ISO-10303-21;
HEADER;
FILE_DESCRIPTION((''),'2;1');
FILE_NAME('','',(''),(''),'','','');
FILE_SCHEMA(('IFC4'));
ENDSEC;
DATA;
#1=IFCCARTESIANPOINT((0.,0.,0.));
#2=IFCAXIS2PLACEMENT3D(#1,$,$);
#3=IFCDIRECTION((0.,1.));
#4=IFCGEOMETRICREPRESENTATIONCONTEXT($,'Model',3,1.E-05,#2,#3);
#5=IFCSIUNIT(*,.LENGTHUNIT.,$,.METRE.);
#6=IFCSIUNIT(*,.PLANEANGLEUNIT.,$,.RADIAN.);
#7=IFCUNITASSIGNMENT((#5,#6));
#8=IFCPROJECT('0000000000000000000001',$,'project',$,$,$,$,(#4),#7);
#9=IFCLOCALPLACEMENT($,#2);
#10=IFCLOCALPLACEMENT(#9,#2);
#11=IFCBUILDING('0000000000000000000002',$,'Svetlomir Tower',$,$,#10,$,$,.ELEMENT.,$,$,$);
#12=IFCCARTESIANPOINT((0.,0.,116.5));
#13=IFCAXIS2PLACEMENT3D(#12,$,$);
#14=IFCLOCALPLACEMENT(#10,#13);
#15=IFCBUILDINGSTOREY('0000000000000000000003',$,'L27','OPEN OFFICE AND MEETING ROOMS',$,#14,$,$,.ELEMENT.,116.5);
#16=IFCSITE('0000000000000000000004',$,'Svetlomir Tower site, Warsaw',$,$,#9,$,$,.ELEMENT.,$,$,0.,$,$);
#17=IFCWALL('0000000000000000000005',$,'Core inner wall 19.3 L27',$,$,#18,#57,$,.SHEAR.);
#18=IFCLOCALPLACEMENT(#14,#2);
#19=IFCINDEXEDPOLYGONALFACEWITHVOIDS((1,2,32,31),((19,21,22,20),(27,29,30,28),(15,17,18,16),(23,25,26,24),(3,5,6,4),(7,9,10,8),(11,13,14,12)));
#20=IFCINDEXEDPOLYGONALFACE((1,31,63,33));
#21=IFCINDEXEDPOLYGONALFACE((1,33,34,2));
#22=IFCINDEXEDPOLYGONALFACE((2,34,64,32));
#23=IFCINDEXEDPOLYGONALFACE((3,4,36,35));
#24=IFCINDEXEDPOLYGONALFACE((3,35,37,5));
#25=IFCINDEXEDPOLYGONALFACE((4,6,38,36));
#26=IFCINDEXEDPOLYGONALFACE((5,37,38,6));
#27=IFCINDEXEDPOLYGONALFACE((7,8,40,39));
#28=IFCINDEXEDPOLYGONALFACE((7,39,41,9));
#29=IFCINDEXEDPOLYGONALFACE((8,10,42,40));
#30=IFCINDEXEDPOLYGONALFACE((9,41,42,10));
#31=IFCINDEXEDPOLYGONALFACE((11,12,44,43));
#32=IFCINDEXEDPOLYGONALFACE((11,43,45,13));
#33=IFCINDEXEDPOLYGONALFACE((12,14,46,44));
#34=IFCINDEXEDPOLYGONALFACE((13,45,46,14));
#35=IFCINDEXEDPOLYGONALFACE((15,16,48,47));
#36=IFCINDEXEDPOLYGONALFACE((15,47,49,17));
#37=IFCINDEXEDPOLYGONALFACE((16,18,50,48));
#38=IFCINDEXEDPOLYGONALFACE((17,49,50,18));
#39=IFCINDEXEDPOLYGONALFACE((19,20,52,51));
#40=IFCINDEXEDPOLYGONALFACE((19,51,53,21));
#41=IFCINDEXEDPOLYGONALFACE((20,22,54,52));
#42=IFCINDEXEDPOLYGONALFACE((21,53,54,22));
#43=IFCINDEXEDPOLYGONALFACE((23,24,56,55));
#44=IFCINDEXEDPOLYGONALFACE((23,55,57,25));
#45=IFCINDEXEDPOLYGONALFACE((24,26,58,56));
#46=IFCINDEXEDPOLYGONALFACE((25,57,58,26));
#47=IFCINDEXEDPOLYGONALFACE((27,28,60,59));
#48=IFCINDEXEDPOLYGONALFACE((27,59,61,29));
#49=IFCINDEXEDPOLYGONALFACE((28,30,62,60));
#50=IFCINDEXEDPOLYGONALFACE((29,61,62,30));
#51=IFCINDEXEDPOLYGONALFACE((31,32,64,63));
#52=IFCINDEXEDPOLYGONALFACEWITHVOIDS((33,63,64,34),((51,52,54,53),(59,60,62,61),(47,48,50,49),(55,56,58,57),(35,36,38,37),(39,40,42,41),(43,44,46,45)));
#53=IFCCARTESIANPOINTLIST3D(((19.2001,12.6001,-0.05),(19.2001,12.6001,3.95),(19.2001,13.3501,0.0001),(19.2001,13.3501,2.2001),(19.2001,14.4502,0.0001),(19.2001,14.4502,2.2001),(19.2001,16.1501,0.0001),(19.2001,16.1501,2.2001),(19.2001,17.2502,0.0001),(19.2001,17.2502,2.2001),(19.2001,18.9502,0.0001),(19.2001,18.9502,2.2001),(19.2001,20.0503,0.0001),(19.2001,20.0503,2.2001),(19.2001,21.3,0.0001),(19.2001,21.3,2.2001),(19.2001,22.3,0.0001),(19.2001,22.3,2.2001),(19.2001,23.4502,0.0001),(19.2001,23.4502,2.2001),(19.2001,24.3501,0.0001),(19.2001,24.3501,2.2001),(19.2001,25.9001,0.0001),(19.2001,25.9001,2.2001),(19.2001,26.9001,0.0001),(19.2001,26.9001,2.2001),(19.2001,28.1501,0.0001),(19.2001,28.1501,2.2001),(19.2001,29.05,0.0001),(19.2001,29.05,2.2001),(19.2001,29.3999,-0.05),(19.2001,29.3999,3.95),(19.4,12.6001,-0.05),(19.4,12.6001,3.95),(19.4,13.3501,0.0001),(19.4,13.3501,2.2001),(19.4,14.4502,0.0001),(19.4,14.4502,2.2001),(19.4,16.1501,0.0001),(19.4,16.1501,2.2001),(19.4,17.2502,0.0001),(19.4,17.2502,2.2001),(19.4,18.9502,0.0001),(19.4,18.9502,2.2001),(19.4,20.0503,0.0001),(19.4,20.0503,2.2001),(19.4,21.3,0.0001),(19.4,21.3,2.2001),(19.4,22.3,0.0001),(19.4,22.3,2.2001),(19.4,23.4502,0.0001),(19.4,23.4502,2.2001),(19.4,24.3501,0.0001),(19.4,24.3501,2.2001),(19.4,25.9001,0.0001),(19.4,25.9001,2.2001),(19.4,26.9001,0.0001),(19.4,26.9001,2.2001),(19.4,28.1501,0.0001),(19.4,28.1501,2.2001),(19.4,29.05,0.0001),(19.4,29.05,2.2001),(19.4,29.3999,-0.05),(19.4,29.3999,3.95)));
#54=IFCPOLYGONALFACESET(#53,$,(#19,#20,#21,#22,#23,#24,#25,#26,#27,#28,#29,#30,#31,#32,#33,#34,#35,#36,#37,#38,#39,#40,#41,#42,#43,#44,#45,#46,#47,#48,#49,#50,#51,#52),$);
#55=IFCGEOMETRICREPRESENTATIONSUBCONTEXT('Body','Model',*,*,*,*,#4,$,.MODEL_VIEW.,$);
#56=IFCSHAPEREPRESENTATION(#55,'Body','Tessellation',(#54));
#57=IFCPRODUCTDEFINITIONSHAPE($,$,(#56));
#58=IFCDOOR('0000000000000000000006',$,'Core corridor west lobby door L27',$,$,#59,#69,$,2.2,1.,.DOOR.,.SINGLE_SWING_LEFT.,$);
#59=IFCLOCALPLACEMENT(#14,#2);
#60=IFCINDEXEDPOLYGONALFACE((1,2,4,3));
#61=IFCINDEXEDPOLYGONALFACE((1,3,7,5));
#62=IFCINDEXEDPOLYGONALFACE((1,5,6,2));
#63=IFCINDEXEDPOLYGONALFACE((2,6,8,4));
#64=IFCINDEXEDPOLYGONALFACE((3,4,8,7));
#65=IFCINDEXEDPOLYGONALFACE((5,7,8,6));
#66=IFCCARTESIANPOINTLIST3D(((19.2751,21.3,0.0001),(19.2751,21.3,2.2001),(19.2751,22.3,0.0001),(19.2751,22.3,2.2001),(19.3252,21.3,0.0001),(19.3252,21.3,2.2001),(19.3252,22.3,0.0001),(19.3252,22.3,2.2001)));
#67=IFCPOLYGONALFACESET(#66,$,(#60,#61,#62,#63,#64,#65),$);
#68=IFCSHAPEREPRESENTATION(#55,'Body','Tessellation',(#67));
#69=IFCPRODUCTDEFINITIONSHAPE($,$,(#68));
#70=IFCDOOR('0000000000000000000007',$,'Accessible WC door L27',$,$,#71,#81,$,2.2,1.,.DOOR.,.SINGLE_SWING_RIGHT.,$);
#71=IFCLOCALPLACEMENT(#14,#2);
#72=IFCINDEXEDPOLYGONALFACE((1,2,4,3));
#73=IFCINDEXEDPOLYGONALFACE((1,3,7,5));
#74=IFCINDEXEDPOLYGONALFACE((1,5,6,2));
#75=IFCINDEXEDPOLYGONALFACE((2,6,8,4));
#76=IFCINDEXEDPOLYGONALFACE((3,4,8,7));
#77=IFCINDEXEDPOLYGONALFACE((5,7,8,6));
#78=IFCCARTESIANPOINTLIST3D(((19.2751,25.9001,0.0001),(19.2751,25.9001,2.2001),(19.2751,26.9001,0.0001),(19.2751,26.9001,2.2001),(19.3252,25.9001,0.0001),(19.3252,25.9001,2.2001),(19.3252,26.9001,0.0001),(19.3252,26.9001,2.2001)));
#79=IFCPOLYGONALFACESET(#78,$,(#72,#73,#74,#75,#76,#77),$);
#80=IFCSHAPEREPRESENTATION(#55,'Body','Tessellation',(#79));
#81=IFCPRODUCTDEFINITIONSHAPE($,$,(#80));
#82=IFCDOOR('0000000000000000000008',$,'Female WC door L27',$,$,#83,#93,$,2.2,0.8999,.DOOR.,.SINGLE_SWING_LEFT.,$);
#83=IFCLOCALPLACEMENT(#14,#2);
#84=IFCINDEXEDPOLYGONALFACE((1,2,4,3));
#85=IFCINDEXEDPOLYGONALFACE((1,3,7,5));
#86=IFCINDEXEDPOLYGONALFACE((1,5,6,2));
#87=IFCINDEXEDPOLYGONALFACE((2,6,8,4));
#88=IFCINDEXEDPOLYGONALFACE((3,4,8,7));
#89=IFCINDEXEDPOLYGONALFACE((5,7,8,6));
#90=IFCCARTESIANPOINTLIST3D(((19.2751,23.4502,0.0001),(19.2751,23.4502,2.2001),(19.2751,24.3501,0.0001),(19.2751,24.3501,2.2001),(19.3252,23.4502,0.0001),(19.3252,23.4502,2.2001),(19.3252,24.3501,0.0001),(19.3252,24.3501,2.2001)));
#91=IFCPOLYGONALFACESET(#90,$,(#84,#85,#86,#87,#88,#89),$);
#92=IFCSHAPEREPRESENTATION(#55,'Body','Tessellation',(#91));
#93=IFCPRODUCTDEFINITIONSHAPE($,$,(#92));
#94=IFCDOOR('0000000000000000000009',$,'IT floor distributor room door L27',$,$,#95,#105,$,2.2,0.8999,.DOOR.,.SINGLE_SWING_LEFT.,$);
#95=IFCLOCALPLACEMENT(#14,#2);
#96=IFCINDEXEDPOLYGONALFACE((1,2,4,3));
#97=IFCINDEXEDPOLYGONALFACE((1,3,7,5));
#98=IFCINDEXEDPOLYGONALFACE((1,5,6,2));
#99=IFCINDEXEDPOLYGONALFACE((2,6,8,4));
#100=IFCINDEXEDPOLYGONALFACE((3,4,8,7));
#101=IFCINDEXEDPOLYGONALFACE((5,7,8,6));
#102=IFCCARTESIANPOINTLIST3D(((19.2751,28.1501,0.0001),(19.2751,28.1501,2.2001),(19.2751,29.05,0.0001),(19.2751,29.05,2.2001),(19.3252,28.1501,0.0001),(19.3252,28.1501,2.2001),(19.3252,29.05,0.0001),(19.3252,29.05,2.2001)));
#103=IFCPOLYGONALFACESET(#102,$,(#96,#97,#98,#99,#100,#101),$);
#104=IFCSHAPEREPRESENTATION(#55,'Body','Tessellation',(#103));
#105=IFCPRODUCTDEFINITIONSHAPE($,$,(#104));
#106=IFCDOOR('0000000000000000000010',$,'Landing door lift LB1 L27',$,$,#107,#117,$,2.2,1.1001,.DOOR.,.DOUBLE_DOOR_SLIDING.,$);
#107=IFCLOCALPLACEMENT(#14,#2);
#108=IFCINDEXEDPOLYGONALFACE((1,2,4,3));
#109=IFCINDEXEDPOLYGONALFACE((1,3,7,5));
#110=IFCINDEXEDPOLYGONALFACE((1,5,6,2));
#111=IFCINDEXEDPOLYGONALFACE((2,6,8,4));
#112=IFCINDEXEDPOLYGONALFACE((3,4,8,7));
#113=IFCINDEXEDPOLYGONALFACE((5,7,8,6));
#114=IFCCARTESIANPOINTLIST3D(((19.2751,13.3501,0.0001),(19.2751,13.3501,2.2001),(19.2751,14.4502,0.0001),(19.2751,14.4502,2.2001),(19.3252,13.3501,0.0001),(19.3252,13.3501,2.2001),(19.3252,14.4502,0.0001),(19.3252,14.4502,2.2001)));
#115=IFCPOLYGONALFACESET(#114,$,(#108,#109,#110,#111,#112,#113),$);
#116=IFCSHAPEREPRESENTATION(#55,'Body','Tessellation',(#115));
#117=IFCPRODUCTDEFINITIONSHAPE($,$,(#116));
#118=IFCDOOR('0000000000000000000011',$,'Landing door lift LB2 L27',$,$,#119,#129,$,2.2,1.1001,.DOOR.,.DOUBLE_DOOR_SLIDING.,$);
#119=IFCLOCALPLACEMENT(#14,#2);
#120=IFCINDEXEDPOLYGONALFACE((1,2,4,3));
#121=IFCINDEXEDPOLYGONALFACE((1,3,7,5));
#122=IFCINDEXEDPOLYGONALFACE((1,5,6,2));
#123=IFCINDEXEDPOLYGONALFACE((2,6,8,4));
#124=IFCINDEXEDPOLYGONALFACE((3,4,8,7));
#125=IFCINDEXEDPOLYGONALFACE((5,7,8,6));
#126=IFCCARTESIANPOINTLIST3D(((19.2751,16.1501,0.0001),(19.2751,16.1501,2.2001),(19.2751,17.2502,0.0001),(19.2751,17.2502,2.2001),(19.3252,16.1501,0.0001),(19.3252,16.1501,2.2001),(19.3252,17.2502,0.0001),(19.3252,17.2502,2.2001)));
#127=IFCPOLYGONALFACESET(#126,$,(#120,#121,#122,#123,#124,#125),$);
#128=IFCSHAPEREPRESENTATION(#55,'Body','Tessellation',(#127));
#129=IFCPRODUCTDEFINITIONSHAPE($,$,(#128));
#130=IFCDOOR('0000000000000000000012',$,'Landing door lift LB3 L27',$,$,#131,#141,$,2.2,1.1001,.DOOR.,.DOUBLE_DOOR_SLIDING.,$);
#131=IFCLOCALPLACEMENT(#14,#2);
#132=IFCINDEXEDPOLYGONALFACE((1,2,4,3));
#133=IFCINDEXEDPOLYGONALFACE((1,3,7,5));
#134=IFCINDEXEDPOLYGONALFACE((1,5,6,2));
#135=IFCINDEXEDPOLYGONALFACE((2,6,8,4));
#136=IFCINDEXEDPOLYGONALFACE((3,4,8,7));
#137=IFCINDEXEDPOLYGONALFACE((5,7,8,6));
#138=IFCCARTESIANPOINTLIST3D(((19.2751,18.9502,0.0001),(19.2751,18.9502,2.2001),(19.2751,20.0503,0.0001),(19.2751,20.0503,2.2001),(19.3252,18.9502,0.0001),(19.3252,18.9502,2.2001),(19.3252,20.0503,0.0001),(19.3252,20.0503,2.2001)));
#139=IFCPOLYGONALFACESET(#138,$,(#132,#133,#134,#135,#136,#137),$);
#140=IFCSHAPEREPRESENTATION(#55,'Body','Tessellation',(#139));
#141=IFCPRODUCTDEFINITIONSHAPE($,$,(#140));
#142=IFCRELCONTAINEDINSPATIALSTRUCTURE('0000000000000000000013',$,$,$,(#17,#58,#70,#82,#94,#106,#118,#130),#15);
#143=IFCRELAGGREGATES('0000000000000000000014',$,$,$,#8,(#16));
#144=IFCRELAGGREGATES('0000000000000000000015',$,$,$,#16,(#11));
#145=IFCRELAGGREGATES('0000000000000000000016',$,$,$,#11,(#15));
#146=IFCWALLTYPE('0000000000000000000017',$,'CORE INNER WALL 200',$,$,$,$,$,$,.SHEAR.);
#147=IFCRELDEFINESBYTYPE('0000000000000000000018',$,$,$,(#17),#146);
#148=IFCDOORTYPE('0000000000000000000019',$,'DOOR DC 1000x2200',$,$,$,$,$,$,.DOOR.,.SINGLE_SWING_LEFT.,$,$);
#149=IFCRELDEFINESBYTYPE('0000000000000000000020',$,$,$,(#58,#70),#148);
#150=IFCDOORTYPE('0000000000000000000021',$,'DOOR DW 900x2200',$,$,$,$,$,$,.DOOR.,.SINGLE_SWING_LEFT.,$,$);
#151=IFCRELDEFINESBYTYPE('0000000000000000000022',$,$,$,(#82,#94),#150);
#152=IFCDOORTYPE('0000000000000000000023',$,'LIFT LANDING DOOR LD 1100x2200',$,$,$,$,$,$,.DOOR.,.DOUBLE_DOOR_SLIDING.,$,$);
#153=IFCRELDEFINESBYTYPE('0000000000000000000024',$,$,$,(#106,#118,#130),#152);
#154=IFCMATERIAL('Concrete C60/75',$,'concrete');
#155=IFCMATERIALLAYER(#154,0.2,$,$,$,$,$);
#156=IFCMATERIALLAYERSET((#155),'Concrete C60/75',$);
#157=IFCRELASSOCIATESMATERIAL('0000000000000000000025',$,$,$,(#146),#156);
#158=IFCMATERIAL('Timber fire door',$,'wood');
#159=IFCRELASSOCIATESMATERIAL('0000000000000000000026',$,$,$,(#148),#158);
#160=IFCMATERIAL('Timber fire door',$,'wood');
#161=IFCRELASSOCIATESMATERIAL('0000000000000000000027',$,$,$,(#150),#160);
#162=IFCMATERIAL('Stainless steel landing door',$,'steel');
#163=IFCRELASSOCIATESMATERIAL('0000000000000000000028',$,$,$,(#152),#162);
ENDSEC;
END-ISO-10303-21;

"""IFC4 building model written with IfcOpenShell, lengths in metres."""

from ifc_helpers import new_model, si_unit, direction, frame, frame_2d, origin, place, context, subcontext, project, spatial, rectangle, extrude, material, layer, layer_set, type_object, element, fill, save


model = new_model("IFC4")

# Units and contexts
model_context = context("Model", 3, precision=1e-05, world=origin(), true_north=direction((0.0, 1.0)))
body_context = subcontext(model_context, "Body", "Model", "MODEL_VIEW")
ifc_project = project(units=[si_unit("LENGTHUNIT", "METRE"), si_unit("PLANEANGLEUNIT", "RADIAN")], contexts=[model_context])

# Site, building, storey
site_placement = place(None, origin())
site = spatial("IfcSite", under=ifc_project, at=site_placement, Name="Svetlomir Tower site, Warsaw", CompositionType="ELEMENT", RefElevation=0.0)
building_placement = place(site_placement, origin())
building = spatial("IfcBuilding", under=site, at=building_placement, Name="Svetlomir Tower", CompositionType="ELEMENT")
storey_placement = place(building_placement, frame((0.0, 0.0, 116.5)))
storey = spatial("IfcBuildingStorey", under=building, at=storey_placement, Name="L27", Description="OPEN OFFICE AND MEETING ROOMS", CompositionType="ELEMENT", Elevation=116.5)

# Wall, openings, doors
ifc_material_1 = material(Name="Concrete C60/75", Category="concrete")
ifc_layer = layer(ifc_material_1, 0.2)
ifc_layer_set = layer_set([ifc_layer], Name="Concrete C60/75")
wall_type = type_object("IfcWallType", Name="CORE INNER WALL 200", PredefinedType="SHEAR", material=ifc_layer_set)
wall_1_placement = place(storey_placement, frame((19.3, 12.6001, -0.05), z_axis=(0.0, 0.0, 1.0), x_axis=(0.0, 1.0, 0.0)))
wall_1 = element("IfcWall", 1, at=wall_1_placement, inside=storey, type_object=wall_type, Name="Core inner wall 19.3 L27", PredefinedType="SHEAR", context=body_context, shape_type="SweptSolid", body=[
    extrude(rectangle(XDim=16.7998, YDim=0.2, at=frame_2d((8.3999, 0.0))), origin(), (0.0, 0.0, 1.0), 4.0),
])
opening_1_placement = place(wall_1_placement, frame((8.7, 0.0, 0.05)))
opening_1 = element("IfcOpeningElement", 2, at=opening_1_placement, cuts=wall_1, PredefinedType="OPENING", context=body_context, shape_type="SweptSolid", body=[
    extrude(rectangle(XDim=1.0, YDim=2.2, at=frame_2d((0.5, 1.1001))), frame((0.0, 0.1099, 0.0), z_axis=(0.0, -1.0, 0.0), x_axis=(1.0, 0.0, 0.0)), (0.0, 0.0, 1.0), 0.22),
])
opening_2_placement = place(wall_1_placement, frame((10.8501, 0.0, 0.05)))
opening_2 = element("IfcOpeningElement", 3, at=opening_2_placement, cuts=wall_1, PredefinedType="OPENING", context=body_context, shape_type="SweptSolid", body=[
    extrude(rectangle(XDim=0.8999, YDim=2.2, at=frame_2d((0.45, 1.1001))), frame((0.0, 0.1099, 0.0), z_axis=(0.0, -1.0, 0.0), x_axis=(1.0, 0.0, 0.0)), (0.0, 0.0, 1.0), 0.22),
])
opening_3_placement = place(wall_1_placement, frame((13.3, 0.0, 0.05)))
opening_3 = element("IfcOpeningElement", 4, at=opening_3_placement, cuts=wall_1, PredefinedType="OPENING", context=body_context, shape_type="SweptSolid", body=[
    extrude(rectangle(XDim=1.0, YDim=2.2, at=frame_2d((0.5, 1.1001))), frame((0.0, 0.1099, 0.0), z_axis=(0.0, -1.0, 0.0), x_axis=(1.0, 0.0, 0.0)), (0.0, 0.0, 1.0), 0.22),
])
opening_4_placement = place(wall_1_placement, frame((15.55, 0.0, 0.05)))
opening_4 = element("IfcOpeningElement", 5, at=opening_4_placement, cuts=wall_1, PredefinedType="OPENING", context=body_context, shape_type="SweptSolid", body=[
    extrude(rectangle(XDim=0.8999, YDim=2.2, at=frame_2d((0.45, 1.1001))), frame((0.0, 0.1099, 0.0), z_axis=(0.0, -1.0, 0.0), x_axis=(1.0, 0.0, 0.0)), (0.0, 0.0, 1.0), 0.22),
])
opening_5_placement = place(wall_1_placement, frame((0.75, 0.0, 0.05)))
opening_5 = element("IfcOpeningElement", 6, at=opening_5_placement, cuts=wall_1, PredefinedType="OPENING", context=body_context, shape_type="SweptSolid", body=[
    extrude(rectangle(XDim=1.1001, YDim=2.2, at=frame_2d((0.55, 1.1001))), frame((0.0, 0.1099, 0.0), z_axis=(0.0, -1.0, 0.0), x_axis=(1.0, 0.0, 0.0)), (0.0, 0.0, 1.0), 0.22),
])
opening_6_placement = place(wall_1_placement, frame((3.55, 0.0, 0.05)))
opening_6 = element("IfcOpeningElement", 7, at=opening_6_placement, cuts=wall_1, PredefinedType="OPENING", context=body_context, shape_type="SweptSolid", body=[
    extrude(rectangle(XDim=1.1001, YDim=2.2, at=frame_2d((0.55, 1.1001))), frame((0.0, 0.1099, 0.0), z_axis=(0.0, -1.0, 0.0), x_axis=(1.0, 0.0, 0.0)), (0.0, 0.0, 1.0), 0.22),
])
opening_7_placement = place(wall_1_placement, frame((6.3501, 0.0, 0.05)))
opening_7 = element("IfcOpeningElement", 8, at=opening_7_placement, cuts=wall_1, PredefinedType="OPENING", context=body_context, shape_type="SweptSolid", body=[
    extrude(rectangle(XDim=1.1001, YDim=2.2, at=frame_2d((0.55, 1.1001))), frame((0.0, 0.1099, 0.0), z_axis=(0.0, -1.0, 0.0), x_axis=(1.0, 0.0, 0.0)), (0.0, 0.0, 1.0), 0.22),
])
ifc_material_2 = material(Name="Timber fire door", Category="wood")
door_type_1 = type_object("IfcDoorType", Name="DOOR DC 1000x2200", OperationType="SINGLE_SWING_LEFT", PredefinedType="DOOR", material=ifc_material_2)
door_1_placement = place(opening_1_placement, origin())
door_1 = element("IfcDoor", 9, at=door_1_placement, inside=storey, type_object=door_type_1, Name="Core corridor west lobby door L27", OperationType="SINGLE_SWING_LEFT", OverallHeight=2.2, OverallWidth=1.0, PredefinedType="DOOR", context=body_context, shape_type="SweptSolid", body=[
    extrude(rectangle(XDim=1.0, YDim=2.2, at=frame_2d((0.5, 1.1001))), frame((0.0, 0.0249, 0.0), z_axis=(0.0, -1.0, 0.0), x_axis=(1.0, 0.0, 0.0)), (0.0, 0.0, 1.0), 0.05),
])
fill(opening_1, door_1)
door_2_placement = place(opening_3_placement, origin())
door_2 = element("IfcDoor", 10, at=door_2_placement, inside=storey, type_object=door_type_1, Name="Accessible WC door L27", OperationType="SINGLE_SWING_RIGHT", OverallHeight=2.2, OverallWidth=1.0, PredefinedType="DOOR", context=body_context, shape_type="SweptSolid", body=[
    extrude(rectangle(XDim=1.0, YDim=2.2, at=frame_2d((0.5, 1.1001))), frame((0.0, 0.0249, 0.0), z_axis=(0.0, -1.0, 0.0), x_axis=(1.0, 0.0, 0.0)), (0.0, 0.0, 1.0), 0.05),
])
fill(opening_3, door_2)
ifc_material_3 = material(Name="Timber fire door", Category="wood")
door_type_2 = type_object("IfcDoorType", Name="DOOR DW 900x2200", OperationType="SINGLE_SWING_LEFT", PredefinedType="DOOR", material=ifc_material_3)
door_3_placement = place(opening_2_placement, origin())
door_3 = element("IfcDoor", 11, at=door_3_placement, inside=storey, type_object=door_type_2, Name="Female WC door L27", OperationType="SINGLE_SWING_LEFT", OverallHeight=2.2, OverallWidth=0.8999, PredefinedType="DOOR", context=body_context, shape_type="SweptSolid", body=[
    extrude(rectangle(XDim=0.8999, YDim=2.2, at=frame_2d((0.45, 1.1001))), frame((0.0, 0.0249, 0.0), z_axis=(0.0, -1.0, 0.0), x_axis=(1.0, 0.0, 0.0)), (0.0, 0.0, 1.0), 0.05),
])
fill(opening_2, door_3)
door_4_placement = place(opening_4_placement, origin())
door_4 = element("IfcDoor", 12, at=door_4_placement, inside=storey, type_object=door_type_2, Name="IT floor distributor room door L27", OperationType="SINGLE_SWING_LEFT", OverallHeight=2.2, OverallWidth=0.8999, PredefinedType="DOOR", context=body_context, shape_type="SweptSolid", body=[
    extrude(rectangle(XDim=0.8999, YDim=2.2, at=frame_2d((0.45, 1.1001))), frame((0.0, 0.0249, 0.0), z_axis=(0.0, -1.0, 0.0), x_axis=(1.0, 0.0, 0.0)), (0.0, 0.0, 1.0), 0.05),
])
fill(opening_4, door_4)
ifc_material_4 = material(Name="Stainless steel landing door", Category="steel")
door_type_3 = type_object("IfcDoorType", Name="LIFT LANDING DOOR LD 1100x2200", OperationType="DOUBLE_DOOR_SLIDING", PredefinedType="DOOR", material=ifc_material_4)
door_5_placement = place(opening_5_placement, origin())
door_5 = element("IfcDoor", 13, at=door_5_placement, inside=storey, type_object=door_type_3, Name="Landing door lift LB1 L27", OperationType="DOUBLE_DOOR_SLIDING", OverallHeight=2.2, OverallWidth=1.1001, PredefinedType="DOOR", context=body_context, shape_type="SweptSolid", body=[
    extrude(rectangle(XDim=1.1001, YDim=2.2, at=frame_2d((0.55, 1.1001))), frame((0.0, 0.0249, 0.0), z_axis=(0.0, -1.0, 0.0), x_axis=(1.0, 0.0, 0.0)), (0.0, 0.0, 1.0), 0.05),
])
fill(opening_5, door_5)
door_6_placement = place(opening_6_placement, origin())
door_6 = element("IfcDoor", 14, at=door_6_placement, inside=storey, type_object=door_type_3, Name="Landing door lift LB2 L27", OperationType="DOUBLE_DOOR_SLIDING", OverallHeight=2.2, OverallWidth=1.1001, PredefinedType="DOOR", context=body_context, shape_type="SweptSolid", body=[
    extrude(rectangle(XDim=1.1001, YDim=2.2, at=frame_2d((0.55, 1.1001))), frame((0.0, 0.0249, 0.0), z_axis=(0.0, -1.0, 0.0), x_axis=(1.0, 0.0, 0.0)), (0.0, 0.0, 1.0), 0.05),
])
fill(opening_6, door_6)
door_7_placement = place(opening_7_placement, origin())
door_7 = element("IfcDoor", 15, at=door_7_placement, inside=storey, type_object=door_type_3, Name="Landing door lift LB3 L27", OperationType="DOUBLE_DOOR_SLIDING", OverallHeight=2.2, OverallWidth=1.1001, PredefinedType="DOOR", context=body_context, shape_type="SweptSolid", body=[
    extrude(rectangle(XDim=1.1001, YDim=2.2, at=frame_2d((0.55, 1.1001))), frame((0.0, 0.0249, 0.0), z_axis=(0.0, -1.0, 0.0), x_axis=(1.0, 0.0, 0.0)), (0.0, 0.0, 1.0), 0.05),
])
fill(opening_7, door_7)

save(model, "model.ifc")
